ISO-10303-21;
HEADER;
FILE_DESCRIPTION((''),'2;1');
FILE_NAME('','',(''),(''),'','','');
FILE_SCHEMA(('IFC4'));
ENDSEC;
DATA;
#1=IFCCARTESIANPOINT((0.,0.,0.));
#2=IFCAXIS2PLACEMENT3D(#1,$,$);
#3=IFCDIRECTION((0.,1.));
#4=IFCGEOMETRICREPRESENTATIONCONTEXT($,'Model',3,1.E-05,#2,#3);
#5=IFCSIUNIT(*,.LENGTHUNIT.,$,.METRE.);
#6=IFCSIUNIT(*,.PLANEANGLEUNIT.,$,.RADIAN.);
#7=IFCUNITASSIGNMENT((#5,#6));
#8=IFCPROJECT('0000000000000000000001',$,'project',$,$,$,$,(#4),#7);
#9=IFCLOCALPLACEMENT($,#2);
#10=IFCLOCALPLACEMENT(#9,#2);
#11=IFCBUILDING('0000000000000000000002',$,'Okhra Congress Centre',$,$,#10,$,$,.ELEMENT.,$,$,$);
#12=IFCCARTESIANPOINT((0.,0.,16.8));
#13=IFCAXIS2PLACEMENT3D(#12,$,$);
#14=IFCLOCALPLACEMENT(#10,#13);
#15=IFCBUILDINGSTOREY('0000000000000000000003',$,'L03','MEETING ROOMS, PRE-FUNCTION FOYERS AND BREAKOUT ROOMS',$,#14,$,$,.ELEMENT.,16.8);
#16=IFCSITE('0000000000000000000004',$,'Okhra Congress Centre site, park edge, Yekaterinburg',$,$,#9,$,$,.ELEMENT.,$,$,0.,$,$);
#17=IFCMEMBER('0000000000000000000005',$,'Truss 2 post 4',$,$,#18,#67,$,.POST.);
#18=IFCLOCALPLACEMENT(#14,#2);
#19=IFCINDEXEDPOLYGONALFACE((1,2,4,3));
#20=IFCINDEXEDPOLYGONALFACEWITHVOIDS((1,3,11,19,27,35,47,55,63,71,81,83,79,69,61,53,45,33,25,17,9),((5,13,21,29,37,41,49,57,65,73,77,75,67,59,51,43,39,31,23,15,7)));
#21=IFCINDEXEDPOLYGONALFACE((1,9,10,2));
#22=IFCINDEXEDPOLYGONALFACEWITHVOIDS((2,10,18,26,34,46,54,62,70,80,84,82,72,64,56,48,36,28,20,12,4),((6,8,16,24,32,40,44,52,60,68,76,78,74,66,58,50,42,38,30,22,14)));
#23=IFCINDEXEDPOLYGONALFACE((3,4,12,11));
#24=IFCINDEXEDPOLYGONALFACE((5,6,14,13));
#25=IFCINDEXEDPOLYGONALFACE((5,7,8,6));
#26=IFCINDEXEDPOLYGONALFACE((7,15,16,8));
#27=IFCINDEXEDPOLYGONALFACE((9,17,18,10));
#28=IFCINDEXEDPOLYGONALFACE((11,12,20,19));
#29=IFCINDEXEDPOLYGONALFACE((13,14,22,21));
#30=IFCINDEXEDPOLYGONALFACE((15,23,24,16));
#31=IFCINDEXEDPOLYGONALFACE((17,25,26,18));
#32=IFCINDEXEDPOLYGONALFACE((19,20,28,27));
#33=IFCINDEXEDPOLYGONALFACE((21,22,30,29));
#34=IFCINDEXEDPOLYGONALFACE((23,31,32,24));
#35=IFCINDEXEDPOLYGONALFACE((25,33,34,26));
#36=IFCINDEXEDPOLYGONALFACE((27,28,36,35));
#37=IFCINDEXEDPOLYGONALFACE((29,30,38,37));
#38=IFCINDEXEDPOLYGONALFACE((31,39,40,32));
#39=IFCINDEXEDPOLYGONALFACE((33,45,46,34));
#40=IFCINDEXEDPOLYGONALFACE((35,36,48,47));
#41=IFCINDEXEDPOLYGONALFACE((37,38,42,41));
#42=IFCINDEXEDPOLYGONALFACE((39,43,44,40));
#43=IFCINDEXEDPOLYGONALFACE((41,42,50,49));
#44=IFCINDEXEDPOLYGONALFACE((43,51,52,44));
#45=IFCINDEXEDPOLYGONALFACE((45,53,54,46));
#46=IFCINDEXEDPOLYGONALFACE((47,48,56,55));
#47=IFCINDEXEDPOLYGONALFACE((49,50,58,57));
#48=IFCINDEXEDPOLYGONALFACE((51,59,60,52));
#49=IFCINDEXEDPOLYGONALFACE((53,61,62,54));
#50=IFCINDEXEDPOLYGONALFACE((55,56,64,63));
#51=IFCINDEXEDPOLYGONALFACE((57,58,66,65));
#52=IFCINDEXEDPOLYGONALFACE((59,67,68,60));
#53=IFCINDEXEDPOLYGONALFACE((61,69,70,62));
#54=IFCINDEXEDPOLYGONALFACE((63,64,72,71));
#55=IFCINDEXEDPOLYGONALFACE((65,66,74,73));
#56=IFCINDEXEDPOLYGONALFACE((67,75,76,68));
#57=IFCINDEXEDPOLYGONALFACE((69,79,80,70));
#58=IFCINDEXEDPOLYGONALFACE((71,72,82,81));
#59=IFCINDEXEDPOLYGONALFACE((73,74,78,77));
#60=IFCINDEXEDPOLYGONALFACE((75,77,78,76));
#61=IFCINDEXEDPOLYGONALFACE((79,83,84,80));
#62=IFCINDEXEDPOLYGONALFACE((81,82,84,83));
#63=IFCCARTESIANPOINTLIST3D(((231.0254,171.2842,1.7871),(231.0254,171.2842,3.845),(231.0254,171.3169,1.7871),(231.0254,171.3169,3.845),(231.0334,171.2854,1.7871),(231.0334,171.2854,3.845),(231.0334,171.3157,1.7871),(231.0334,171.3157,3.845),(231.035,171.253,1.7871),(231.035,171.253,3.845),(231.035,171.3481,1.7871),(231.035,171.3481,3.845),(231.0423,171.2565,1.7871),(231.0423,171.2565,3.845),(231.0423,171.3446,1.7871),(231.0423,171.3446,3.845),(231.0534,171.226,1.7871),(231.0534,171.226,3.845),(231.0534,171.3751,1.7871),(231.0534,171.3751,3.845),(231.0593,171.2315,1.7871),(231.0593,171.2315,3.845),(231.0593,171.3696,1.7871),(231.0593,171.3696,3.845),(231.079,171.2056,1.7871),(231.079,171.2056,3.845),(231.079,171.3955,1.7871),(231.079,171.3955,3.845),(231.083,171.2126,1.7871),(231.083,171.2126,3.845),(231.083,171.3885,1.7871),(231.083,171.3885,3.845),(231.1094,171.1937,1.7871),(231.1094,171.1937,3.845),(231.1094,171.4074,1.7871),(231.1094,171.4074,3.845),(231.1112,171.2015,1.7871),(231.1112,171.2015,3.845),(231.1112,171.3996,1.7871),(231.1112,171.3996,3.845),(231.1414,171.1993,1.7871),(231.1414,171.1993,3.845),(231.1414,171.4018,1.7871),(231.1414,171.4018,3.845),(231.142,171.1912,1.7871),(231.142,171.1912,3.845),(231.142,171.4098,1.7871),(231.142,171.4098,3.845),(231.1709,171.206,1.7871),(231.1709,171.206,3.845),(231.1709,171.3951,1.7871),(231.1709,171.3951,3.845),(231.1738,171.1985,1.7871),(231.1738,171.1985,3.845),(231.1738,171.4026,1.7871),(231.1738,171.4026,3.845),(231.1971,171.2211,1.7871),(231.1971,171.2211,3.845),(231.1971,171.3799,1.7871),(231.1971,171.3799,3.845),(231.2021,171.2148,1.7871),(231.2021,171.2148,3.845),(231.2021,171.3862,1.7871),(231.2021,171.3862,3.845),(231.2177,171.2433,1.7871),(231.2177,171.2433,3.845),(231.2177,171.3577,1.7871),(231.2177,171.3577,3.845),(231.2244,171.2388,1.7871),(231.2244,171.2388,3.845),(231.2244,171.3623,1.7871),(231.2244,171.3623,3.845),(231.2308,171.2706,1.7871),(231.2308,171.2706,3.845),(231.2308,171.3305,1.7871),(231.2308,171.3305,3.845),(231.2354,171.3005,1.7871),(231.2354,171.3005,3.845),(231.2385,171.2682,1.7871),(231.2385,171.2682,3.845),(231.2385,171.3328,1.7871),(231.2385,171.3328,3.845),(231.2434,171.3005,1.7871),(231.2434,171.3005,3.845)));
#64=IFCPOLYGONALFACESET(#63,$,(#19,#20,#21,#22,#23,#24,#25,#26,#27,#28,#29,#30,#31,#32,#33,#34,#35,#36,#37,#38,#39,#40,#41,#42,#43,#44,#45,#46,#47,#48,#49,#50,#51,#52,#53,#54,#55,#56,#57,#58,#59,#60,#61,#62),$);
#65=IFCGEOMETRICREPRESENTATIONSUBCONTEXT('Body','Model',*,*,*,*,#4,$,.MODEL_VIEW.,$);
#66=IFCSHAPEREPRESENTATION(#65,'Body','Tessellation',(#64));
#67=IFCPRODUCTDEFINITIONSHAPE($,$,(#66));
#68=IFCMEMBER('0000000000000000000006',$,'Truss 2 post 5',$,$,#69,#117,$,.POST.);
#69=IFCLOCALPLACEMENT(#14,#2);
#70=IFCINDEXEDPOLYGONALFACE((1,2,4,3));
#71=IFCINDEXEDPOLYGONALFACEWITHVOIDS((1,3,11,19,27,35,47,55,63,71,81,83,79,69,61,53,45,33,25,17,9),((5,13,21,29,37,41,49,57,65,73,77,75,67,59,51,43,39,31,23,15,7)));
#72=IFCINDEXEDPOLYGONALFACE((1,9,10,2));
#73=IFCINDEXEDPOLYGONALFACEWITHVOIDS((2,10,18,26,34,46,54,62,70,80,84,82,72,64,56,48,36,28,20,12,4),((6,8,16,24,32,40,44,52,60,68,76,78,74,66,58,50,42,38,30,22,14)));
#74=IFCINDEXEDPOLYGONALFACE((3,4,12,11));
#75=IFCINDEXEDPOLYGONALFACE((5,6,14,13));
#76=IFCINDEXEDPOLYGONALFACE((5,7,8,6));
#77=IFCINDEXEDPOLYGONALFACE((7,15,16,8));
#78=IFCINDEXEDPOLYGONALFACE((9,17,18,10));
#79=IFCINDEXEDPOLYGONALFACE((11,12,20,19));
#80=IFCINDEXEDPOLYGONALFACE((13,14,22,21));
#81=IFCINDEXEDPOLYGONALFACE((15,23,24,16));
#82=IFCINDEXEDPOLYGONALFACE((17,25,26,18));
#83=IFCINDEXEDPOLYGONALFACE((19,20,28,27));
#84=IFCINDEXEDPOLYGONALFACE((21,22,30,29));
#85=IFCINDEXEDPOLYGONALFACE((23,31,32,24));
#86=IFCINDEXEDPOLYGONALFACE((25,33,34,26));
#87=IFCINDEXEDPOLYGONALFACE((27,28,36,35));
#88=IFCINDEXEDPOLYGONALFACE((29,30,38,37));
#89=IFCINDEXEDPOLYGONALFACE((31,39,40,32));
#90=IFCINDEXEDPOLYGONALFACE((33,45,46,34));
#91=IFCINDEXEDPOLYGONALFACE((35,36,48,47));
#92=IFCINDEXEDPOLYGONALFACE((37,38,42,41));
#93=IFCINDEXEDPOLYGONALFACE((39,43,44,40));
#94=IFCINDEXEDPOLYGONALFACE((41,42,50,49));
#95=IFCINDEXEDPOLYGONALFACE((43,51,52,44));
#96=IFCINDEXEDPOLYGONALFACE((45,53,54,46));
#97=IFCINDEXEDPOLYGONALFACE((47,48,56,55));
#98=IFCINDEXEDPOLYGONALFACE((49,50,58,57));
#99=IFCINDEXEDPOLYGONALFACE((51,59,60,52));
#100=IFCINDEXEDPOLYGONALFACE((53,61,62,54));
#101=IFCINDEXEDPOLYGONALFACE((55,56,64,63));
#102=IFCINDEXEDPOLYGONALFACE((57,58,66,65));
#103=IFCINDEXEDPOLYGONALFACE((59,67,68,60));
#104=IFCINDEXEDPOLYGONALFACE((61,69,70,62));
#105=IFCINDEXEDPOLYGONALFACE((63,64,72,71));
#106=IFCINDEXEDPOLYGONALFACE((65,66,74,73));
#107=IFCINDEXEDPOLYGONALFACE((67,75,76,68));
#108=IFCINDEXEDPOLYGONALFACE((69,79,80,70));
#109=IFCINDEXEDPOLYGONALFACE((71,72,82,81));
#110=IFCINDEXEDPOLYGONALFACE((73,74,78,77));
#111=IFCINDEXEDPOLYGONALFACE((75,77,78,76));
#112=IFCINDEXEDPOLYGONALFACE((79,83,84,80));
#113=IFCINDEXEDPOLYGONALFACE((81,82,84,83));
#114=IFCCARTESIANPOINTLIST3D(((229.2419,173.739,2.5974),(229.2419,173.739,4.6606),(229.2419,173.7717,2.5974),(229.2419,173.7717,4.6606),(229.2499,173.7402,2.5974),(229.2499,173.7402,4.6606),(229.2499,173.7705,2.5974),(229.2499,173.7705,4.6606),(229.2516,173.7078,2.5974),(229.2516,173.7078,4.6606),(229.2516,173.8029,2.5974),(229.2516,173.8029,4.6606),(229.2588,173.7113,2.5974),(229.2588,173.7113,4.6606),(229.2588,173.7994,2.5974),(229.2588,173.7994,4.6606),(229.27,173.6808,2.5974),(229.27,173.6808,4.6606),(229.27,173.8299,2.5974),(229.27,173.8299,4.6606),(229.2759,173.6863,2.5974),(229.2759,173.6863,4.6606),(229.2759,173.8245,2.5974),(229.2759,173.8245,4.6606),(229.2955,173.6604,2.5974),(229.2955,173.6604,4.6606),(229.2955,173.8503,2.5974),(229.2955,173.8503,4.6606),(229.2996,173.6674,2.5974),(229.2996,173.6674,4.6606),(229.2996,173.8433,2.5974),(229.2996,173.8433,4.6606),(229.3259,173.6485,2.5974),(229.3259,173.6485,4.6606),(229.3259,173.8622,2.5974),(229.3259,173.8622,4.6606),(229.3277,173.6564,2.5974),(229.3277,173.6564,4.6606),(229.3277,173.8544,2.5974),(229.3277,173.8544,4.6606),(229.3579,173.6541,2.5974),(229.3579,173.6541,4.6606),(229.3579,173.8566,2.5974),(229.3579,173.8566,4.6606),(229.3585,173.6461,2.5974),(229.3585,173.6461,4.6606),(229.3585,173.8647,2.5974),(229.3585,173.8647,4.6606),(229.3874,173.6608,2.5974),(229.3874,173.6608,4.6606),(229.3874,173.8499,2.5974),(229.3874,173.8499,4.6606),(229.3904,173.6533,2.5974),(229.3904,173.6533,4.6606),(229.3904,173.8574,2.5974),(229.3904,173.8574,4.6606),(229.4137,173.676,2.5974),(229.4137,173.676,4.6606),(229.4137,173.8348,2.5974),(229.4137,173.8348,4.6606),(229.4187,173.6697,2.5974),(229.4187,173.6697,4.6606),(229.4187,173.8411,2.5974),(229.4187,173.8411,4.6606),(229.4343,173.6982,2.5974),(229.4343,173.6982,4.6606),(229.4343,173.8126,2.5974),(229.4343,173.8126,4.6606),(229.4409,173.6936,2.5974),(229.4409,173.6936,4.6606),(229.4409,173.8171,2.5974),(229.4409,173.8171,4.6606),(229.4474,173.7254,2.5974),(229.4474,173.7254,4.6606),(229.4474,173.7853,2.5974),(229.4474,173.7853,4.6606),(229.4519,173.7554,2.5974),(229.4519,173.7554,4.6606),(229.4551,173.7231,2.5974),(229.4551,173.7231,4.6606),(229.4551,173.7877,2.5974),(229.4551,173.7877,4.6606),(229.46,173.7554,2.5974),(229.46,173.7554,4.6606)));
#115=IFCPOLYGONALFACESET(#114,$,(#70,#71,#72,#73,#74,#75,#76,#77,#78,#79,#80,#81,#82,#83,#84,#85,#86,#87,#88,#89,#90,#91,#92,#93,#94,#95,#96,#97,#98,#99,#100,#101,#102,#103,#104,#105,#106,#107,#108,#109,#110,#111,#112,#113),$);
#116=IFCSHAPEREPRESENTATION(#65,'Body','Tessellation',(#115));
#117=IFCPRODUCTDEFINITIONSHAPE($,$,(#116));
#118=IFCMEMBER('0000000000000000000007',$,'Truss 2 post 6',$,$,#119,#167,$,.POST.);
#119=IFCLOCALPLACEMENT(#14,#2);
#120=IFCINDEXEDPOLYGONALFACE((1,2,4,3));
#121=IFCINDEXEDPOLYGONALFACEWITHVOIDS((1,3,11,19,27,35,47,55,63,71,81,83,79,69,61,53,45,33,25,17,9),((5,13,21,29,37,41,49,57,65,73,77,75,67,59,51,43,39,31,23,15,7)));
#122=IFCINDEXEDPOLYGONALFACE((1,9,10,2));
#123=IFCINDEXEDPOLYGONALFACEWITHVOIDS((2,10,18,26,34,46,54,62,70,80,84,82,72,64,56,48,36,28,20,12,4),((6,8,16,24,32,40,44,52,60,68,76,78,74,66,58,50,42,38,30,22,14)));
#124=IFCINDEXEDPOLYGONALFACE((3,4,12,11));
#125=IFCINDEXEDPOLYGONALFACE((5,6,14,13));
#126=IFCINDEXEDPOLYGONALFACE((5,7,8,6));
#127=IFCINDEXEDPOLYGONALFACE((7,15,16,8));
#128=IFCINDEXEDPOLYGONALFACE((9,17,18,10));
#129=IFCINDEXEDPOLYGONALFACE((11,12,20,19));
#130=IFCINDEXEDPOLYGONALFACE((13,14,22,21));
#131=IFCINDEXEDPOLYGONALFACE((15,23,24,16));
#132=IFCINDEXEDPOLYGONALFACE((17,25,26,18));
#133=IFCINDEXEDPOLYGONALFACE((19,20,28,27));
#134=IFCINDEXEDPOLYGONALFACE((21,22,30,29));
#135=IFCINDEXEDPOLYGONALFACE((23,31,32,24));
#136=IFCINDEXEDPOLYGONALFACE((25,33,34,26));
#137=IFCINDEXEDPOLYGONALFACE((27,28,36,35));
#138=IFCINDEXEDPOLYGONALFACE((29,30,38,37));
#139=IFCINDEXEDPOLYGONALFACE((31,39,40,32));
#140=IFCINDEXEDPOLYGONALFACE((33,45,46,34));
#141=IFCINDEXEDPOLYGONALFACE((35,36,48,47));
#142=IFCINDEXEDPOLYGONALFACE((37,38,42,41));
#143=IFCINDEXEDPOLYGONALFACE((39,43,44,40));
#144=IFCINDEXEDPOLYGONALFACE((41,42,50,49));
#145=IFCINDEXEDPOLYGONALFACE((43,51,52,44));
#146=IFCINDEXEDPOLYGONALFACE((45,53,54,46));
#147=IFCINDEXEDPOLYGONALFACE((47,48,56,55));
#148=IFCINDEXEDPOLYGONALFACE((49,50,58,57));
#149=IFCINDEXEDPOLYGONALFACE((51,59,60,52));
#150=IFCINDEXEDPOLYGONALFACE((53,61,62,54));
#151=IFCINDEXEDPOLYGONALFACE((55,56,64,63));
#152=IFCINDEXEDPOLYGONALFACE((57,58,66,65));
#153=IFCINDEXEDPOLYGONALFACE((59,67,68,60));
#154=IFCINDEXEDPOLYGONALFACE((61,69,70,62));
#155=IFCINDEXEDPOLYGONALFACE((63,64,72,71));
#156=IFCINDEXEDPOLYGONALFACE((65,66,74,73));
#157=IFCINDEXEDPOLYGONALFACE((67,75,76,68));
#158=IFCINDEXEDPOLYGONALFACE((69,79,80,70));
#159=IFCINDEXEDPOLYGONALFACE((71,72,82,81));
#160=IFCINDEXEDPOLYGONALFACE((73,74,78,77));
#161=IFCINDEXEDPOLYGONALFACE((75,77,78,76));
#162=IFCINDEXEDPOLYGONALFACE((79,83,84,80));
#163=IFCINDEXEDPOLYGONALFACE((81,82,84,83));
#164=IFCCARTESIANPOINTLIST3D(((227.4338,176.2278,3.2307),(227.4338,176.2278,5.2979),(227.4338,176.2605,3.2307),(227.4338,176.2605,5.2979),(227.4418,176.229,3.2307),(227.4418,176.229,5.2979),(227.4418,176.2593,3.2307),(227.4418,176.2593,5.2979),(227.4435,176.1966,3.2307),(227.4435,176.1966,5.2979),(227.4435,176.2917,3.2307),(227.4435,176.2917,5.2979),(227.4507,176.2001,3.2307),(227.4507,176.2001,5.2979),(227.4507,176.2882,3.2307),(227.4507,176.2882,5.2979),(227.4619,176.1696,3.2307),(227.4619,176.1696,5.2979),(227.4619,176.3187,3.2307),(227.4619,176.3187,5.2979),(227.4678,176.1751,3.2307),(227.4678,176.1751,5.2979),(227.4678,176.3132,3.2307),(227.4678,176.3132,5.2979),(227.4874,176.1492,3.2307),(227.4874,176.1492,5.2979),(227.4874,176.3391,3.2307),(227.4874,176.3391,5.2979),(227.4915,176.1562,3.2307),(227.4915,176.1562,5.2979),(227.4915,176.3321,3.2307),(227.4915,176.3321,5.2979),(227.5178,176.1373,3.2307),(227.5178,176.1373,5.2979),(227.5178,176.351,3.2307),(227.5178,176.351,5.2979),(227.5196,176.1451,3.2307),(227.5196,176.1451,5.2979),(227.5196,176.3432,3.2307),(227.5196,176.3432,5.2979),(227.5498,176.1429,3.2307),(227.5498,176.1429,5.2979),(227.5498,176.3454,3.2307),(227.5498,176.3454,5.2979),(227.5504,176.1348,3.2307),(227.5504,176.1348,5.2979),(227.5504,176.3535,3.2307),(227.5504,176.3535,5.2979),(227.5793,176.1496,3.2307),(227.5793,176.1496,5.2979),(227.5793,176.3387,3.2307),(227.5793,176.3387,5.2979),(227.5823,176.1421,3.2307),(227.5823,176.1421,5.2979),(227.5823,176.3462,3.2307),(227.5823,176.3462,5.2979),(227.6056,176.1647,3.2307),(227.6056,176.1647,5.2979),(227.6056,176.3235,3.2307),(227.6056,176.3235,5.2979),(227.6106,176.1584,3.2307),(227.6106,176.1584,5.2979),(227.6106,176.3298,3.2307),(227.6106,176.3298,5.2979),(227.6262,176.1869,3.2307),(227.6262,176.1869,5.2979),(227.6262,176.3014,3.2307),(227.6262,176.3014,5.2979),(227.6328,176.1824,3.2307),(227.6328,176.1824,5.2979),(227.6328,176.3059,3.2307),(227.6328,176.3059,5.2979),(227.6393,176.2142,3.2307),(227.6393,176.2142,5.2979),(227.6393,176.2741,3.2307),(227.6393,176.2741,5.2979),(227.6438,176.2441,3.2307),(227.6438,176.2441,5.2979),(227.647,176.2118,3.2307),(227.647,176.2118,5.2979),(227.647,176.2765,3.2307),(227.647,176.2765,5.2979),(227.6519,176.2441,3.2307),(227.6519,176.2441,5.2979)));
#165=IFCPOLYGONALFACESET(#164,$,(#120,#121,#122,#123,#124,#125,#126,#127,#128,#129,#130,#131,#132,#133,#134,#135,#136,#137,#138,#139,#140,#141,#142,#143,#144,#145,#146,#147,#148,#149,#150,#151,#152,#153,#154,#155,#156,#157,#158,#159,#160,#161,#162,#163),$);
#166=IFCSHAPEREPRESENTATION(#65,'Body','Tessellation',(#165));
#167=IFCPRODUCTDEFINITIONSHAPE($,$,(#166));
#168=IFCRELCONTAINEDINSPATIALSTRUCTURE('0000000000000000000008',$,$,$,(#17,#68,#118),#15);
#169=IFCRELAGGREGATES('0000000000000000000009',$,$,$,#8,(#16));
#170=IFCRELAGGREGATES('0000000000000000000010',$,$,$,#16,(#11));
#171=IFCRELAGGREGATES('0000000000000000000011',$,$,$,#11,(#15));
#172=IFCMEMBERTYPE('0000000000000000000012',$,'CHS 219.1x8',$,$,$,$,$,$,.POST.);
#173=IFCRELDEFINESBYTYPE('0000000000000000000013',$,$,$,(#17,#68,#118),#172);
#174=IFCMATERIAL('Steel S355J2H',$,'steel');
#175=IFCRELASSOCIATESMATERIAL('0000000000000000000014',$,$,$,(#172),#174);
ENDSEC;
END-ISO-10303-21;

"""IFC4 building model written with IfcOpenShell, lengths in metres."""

from ifc_helpers import new_model, si_unit, direction, frame, origin, origin_2d, place, context, subcontext, project, spatial, hollow_circle, extrude, material, material_profile, profile_set, type_object, element, save


model = new_model("IFC4")

# Units and contexts
model_context = context("Model", 3, precision=1e-05, world=origin(), true_north=direction((0.0, 1.0)))
body_context = subcontext(model_context, "Body", "Model", "MODEL_VIEW")
ifc_project = project(units=[si_unit("LENGTHUNIT", "METRE"), si_unit("PLANEANGLEUNIT", "RADIAN")], contexts=[model_context])

# Site, building, storey
site_placement = place(None, origin())
site = spatial("IfcSite", under=ifc_project, at=site_placement, Name="Okhra Congress Centre site, park edge, Yekaterinburg", CompositionType="ELEMENT", RefElevation=0.0)
building_placement = place(site_placement, origin())
building = spatial("IfcBuilding", under=site, at=building_placement, Name="Okhra Congress Centre", CompositionType="ELEMENT")
storey_placement = place(building_placement, frame((0.0, 0.0, 16.8)))
storey = spatial("IfcBuildingStorey", under=building, at=storey_placement, Name="L03", Description="MEETING ROOMS, PRE-FUNCTION FOYERS AND BREAKOUT ROOMS", CompositionType="ELEMENT", Elevation=16.8)

# Members
ifc_material_1 = material(Name="Steel S355J2H", Category="steel")
ifc_material_profile_1 = material_profile(ifc_material_1, hollow_circle(Radius=0.1096, WallThickness=0.0081, at=origin_2d()), Name="CHS 219.1x8")
ifc_profile_set_1 = profile_set([ifc_material_profile_1], Name="Steel S355J2H")
member_type_1 = type_object("IfcMemberType", Name="CHS 219.1x8", PredefinedType="POST", material=ifc_profile_set_1)
member_1_placement = place(storey_placement, frame((231.1338, 171.3005, 1.7871), z_axis=(0.0, 0.0, 1.0), x_axis=(1.0, 0.0, 0.0)))
element("IfcMember", 1, at=member_1_placement, inside=storey, type_object=member_type_1, Name="Truss 2 post 4", PredefinedType="POST", context=body_context, shape_type="SweptSolid", body=[
    extrude(hollow_circle(Radius=0.1096, WallThickness=0.0081, at=origin_2d()), origin(), (0.0, 0.0, 1.0), 2.0579),
])
member_2_placement = place(storey_placement, frame((229.3503, 173.7554, 2.5974), z_axis=(0.0, 0.0, 1.0), x_axis=(1.0, 0.0, 0.0)))
element("IfcMember", 2, at=member_2_placement, inside=storey, type_object=member_type_1, Name="Truss 2 post 5", PredefinedType="POST", context=body_context, shape_type="SweptSolid", body=[
    extrude(hollow_circle(Radius=0.1096, WallThickness=0.0081, at=origin_2d()), origin(), (0.0, 0.0, 1.0), 2.0632),
])
for number, where, z_axis, x_axis, name in (
    (3, (227.5422, 176.2441, 3.2307), (0.0, 0.0, 1.0), (1.0, 0.0, 0.0), "Truss 2 post 6"),
):
    element("IfcMember", number, at=place(storey_placement, frame(where, z_axis=z_axis, x_axis=x_axis)), inside=storey, type_object=member_type_1, Name=name, PredefinedType="POST", context=body_context, shape_type="SweptSolid", body=[
        extrude(hollow_circle(Radius=0.1096, WallThickness=0.0081, at=origin_2d()), origin(), (0.0, 0.0, 1.0), 2.0671),
    ])

save(model, "model.ifc")
